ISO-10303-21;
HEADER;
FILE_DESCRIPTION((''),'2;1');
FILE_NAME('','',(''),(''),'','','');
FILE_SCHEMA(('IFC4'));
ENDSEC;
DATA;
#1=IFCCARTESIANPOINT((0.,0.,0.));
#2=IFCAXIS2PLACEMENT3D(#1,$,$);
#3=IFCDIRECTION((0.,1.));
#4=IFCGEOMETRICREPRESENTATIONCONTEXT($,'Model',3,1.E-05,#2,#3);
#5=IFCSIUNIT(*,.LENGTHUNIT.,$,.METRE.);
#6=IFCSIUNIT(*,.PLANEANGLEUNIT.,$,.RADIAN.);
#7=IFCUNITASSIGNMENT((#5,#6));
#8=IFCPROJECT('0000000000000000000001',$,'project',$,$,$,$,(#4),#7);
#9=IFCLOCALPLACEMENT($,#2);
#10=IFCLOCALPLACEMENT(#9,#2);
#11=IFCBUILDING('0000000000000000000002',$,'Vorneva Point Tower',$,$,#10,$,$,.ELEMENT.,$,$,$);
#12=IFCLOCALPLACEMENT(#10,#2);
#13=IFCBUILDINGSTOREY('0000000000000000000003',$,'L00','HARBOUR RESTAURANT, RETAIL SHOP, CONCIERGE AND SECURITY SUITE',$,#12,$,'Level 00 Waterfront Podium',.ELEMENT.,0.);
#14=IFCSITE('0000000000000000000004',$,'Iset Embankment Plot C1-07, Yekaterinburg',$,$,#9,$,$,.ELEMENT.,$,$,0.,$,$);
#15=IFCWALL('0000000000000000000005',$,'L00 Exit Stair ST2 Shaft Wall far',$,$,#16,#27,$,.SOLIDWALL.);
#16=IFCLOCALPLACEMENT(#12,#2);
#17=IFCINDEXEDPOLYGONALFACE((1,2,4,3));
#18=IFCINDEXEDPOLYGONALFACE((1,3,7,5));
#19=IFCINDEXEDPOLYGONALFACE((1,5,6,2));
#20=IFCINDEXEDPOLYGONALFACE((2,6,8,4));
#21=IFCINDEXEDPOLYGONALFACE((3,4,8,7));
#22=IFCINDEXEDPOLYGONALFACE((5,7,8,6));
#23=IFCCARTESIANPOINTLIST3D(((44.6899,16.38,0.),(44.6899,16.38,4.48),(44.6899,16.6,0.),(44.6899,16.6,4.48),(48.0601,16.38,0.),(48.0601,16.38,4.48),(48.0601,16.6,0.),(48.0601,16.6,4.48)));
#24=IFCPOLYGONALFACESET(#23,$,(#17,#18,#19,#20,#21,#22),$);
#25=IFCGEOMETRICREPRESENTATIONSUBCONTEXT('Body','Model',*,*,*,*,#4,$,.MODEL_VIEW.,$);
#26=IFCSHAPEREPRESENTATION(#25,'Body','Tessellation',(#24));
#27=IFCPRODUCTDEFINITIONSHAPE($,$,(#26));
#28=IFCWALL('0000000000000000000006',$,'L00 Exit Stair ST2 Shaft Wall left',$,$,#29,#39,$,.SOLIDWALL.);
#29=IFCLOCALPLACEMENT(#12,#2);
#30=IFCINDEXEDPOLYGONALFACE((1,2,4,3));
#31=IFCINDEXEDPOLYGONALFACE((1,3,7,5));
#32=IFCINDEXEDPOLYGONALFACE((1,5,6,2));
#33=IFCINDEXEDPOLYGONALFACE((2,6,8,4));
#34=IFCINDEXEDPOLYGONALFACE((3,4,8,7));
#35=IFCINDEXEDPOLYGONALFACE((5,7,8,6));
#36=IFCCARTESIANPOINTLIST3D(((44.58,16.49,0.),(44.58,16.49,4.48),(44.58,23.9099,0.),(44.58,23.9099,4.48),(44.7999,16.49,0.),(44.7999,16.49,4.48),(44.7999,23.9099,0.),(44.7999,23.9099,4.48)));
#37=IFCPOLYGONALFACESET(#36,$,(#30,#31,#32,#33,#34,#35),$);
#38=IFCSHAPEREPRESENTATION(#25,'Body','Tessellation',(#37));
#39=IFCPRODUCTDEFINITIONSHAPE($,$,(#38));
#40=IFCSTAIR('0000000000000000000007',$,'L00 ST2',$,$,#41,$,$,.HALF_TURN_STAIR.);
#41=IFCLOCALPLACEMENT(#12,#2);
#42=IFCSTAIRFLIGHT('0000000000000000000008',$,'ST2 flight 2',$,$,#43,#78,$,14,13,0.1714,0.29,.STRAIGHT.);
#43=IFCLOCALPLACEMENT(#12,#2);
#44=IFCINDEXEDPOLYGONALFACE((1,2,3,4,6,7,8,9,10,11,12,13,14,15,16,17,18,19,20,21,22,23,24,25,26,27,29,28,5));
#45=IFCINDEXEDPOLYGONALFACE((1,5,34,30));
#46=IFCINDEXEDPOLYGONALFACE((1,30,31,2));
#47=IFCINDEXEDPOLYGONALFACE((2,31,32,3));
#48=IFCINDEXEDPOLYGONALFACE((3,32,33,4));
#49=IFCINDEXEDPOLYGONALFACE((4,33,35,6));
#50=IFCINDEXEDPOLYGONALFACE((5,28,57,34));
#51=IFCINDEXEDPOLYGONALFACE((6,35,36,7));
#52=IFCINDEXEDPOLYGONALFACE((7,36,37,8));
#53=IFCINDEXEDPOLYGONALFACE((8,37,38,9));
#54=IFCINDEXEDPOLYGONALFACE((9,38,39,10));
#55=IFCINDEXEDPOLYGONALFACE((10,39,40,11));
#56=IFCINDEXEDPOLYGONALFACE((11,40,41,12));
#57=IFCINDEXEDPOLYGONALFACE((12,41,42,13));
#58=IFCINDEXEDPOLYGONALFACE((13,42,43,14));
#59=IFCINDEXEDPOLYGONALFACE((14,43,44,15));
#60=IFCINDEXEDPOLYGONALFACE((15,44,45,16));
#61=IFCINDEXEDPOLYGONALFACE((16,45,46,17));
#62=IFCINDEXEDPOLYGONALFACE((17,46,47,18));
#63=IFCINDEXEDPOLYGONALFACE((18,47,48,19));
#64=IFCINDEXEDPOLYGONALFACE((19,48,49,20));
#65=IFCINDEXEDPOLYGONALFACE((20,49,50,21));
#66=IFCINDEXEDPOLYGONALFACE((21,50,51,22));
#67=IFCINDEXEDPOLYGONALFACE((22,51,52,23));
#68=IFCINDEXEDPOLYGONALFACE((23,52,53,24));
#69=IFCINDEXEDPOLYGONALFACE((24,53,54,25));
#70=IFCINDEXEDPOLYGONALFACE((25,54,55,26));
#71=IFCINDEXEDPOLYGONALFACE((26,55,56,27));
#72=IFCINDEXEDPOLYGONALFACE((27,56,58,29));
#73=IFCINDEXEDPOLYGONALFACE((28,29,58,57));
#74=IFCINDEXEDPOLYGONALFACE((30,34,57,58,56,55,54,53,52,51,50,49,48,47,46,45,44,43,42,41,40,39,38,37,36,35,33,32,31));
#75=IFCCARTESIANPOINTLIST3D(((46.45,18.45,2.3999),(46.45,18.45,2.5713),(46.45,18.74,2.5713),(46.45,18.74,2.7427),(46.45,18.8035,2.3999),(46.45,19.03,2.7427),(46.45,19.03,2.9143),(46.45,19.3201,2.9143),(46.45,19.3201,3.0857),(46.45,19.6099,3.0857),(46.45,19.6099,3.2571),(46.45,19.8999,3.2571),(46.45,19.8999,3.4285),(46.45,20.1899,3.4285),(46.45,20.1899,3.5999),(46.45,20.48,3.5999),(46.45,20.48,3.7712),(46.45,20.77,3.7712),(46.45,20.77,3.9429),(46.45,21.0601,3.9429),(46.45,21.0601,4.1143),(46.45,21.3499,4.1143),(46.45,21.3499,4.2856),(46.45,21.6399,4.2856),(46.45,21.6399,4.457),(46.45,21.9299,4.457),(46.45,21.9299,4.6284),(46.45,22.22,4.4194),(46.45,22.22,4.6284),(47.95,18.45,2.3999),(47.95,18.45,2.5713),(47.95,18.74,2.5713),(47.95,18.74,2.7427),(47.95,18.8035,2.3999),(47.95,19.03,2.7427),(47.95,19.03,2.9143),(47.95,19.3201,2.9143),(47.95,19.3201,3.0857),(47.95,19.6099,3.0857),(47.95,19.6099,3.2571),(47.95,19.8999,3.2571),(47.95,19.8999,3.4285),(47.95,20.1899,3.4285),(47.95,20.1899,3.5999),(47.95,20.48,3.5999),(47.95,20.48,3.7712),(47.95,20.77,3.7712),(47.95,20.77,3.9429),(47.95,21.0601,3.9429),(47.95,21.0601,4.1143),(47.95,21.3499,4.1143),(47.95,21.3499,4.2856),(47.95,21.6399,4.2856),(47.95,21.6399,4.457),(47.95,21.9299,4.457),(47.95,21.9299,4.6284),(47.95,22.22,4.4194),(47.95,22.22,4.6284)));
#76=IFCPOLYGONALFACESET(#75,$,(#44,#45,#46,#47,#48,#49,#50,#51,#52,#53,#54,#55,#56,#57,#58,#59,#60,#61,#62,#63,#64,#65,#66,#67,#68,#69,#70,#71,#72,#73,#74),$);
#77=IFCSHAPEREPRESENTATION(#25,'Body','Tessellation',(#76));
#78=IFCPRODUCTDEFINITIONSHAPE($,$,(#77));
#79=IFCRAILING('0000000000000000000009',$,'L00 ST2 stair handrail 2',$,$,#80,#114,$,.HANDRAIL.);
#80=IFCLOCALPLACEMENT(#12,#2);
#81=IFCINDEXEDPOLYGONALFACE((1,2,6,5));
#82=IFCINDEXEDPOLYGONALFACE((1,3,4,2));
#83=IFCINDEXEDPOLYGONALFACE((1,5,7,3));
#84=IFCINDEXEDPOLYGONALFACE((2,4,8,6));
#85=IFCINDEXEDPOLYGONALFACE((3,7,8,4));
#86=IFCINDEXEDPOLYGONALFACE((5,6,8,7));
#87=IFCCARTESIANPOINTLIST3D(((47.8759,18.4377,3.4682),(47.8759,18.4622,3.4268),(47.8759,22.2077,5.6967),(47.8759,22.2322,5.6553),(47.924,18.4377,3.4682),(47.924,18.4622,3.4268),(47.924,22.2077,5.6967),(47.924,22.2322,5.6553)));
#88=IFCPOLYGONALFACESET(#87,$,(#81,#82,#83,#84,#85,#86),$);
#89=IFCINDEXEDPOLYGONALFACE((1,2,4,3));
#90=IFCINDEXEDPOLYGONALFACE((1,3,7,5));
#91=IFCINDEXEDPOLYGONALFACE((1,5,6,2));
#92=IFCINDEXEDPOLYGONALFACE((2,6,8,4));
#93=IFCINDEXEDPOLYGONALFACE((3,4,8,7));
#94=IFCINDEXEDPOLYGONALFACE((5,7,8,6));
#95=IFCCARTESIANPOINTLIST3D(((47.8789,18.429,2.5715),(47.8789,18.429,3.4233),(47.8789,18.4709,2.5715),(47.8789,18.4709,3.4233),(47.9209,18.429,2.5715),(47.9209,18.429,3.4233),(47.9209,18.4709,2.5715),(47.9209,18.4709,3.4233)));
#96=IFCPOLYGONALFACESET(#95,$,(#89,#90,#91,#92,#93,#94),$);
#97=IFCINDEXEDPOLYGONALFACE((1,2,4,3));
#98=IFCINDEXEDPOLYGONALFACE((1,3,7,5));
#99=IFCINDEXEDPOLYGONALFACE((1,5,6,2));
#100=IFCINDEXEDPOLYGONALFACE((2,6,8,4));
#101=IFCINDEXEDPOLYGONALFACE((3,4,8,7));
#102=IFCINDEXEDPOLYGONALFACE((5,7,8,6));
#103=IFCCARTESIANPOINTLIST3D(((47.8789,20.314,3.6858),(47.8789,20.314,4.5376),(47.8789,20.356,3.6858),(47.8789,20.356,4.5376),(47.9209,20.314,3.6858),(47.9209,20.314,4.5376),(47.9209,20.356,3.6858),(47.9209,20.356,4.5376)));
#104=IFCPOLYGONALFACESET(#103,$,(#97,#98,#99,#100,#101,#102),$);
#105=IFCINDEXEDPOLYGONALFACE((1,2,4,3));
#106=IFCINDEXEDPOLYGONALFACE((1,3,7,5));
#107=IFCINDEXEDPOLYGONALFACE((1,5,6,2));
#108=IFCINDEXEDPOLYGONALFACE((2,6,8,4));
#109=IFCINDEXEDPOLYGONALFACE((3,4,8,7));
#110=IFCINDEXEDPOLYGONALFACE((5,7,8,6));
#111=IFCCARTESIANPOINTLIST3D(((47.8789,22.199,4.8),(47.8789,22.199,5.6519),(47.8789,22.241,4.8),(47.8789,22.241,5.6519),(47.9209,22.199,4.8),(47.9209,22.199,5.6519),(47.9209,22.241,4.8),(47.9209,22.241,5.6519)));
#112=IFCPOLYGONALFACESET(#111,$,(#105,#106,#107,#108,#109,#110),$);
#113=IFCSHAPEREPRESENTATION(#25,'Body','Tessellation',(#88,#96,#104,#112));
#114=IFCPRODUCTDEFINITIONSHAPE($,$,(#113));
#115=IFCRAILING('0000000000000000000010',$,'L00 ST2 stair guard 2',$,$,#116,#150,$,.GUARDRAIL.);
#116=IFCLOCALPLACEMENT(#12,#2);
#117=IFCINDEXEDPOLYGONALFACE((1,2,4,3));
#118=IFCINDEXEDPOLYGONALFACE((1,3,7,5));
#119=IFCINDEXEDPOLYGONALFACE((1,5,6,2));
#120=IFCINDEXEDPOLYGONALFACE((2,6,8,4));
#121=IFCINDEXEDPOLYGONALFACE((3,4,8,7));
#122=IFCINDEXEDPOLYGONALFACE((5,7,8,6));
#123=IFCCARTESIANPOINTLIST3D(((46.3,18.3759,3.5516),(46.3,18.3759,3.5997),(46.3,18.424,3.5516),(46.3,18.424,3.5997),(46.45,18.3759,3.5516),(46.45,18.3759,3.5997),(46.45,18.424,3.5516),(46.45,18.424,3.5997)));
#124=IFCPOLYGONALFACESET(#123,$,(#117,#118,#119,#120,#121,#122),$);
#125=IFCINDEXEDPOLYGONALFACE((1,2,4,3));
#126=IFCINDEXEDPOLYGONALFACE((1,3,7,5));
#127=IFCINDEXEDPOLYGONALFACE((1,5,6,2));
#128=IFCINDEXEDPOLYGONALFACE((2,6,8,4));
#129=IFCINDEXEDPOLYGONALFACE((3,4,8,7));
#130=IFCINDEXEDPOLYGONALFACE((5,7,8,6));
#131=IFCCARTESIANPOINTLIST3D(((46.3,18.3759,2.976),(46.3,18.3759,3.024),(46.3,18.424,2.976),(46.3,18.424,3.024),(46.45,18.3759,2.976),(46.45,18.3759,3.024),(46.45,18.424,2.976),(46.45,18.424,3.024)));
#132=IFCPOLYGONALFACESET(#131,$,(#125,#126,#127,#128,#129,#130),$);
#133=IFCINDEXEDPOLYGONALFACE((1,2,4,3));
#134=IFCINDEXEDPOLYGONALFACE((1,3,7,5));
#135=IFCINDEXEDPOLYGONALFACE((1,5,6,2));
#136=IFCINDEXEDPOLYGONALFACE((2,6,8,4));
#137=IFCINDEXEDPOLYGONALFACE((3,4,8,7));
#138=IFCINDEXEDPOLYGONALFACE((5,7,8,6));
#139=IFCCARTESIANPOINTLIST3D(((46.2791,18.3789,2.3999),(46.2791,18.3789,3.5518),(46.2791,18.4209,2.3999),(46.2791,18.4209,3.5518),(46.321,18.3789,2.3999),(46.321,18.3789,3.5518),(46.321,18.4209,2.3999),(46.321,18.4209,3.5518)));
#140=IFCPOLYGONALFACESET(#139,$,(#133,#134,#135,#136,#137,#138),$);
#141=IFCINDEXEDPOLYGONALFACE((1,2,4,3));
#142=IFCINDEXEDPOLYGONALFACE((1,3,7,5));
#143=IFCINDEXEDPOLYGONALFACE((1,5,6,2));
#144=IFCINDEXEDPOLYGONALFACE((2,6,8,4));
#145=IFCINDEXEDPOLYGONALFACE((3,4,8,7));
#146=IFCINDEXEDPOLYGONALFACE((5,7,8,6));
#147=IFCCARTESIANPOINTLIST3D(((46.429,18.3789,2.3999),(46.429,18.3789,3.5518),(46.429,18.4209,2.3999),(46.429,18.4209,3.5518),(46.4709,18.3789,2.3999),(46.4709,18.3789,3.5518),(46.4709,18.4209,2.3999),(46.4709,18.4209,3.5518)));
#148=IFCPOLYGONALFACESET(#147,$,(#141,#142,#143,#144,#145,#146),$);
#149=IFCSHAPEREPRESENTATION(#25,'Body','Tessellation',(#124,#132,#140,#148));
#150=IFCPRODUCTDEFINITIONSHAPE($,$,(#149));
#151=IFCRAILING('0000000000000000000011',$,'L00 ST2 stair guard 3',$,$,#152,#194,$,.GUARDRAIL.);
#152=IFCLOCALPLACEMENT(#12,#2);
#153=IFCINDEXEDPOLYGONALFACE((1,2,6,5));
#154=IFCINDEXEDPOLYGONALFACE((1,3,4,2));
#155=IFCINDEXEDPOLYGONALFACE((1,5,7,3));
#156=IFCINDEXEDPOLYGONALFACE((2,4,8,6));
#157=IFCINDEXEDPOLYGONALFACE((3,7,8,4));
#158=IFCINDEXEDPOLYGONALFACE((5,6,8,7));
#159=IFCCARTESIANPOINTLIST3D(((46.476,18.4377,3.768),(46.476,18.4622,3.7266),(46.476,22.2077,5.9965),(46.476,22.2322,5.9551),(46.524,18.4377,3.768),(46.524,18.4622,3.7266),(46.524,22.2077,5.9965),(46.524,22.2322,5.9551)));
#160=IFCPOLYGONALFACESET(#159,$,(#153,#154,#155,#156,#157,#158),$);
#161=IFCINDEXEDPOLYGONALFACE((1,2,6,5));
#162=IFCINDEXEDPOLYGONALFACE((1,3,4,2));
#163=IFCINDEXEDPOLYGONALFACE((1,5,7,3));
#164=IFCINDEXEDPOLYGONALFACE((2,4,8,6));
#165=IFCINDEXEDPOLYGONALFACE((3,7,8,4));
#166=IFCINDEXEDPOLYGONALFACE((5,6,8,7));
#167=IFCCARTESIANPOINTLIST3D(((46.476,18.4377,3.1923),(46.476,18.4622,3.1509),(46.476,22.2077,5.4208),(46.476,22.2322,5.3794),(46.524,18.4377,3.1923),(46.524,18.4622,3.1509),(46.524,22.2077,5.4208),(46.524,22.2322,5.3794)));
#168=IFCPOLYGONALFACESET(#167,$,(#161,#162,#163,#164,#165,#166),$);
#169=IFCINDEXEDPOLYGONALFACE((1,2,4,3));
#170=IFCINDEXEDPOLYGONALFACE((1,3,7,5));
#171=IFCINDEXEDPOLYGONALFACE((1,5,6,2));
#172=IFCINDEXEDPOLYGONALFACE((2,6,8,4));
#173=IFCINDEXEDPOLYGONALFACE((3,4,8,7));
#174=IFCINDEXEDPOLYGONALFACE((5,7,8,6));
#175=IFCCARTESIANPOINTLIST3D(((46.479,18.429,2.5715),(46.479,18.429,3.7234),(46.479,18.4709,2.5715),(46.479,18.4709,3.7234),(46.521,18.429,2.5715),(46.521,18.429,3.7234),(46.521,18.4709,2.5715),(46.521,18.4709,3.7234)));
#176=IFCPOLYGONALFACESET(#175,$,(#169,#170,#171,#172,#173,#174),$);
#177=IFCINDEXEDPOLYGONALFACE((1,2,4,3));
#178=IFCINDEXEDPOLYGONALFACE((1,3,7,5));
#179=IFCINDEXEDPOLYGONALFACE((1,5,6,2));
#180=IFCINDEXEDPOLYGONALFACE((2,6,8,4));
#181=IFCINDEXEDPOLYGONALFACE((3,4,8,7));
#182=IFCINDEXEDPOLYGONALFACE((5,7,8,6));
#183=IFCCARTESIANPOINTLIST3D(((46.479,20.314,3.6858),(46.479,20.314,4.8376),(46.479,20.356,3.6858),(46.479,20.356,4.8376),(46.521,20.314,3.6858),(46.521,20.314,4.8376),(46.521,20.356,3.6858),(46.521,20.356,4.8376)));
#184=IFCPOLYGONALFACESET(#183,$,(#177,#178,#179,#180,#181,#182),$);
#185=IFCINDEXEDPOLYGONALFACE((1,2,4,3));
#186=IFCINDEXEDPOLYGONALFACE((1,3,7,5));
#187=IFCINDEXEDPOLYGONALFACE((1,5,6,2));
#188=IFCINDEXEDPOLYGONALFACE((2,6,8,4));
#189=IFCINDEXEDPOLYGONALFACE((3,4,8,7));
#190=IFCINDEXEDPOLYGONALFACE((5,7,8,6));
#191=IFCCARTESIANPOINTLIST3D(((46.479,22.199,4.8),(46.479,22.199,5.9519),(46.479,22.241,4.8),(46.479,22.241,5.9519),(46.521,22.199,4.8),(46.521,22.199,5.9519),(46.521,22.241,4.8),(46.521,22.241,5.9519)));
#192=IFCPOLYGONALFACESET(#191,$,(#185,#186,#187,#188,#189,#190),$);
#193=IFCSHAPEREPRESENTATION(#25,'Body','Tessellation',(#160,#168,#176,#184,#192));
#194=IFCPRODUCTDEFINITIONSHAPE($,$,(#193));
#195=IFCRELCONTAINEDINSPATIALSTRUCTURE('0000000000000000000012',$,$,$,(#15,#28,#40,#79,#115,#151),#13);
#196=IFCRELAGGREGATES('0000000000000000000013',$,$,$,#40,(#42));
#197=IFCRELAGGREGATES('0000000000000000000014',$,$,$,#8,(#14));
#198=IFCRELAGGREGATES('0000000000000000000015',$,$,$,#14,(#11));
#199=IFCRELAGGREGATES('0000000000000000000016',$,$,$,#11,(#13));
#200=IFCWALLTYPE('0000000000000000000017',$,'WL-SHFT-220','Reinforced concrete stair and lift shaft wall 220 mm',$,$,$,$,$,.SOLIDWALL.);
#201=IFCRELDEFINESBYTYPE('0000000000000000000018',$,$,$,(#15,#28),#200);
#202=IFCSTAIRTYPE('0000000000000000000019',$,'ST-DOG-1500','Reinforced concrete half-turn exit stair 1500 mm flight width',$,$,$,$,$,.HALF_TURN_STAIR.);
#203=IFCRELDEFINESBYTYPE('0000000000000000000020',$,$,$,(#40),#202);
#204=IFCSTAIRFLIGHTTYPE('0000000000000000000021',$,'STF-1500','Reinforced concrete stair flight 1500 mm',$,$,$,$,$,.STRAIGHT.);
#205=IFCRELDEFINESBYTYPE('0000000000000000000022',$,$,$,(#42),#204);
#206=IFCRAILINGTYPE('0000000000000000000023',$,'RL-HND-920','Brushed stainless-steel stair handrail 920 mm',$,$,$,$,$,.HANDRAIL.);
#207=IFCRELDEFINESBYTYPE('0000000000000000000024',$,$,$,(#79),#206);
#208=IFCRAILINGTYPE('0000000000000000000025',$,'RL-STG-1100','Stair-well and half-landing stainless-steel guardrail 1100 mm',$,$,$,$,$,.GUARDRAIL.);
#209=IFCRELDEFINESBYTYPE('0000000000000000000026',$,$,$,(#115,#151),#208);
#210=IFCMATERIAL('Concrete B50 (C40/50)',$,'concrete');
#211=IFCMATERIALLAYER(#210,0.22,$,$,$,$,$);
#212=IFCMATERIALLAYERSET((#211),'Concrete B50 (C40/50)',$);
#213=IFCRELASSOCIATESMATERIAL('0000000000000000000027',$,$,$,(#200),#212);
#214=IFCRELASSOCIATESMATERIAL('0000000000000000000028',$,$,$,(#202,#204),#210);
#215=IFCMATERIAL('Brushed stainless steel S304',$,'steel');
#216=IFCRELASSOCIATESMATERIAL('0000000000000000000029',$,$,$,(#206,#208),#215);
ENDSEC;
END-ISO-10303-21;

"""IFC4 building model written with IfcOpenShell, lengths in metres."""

from ifc_helpers import new_model, si_unit, direction, frame, frame_2d, origin, origin_2d, place, context, subcontext, project, spatial, polyline, rectangle, outline, extrude, material, layer, layer_set, type_object, element, aggregate, save


model = new_model("IFC4")

# Units and contexts
model_context = context("Model", 3, precision=1e-05, world=origin(), true_north=direction((0.0, 1.0)))
body_context = subcontext(model_context, "Body", "Model", "MODEL_VIEW")
ifc_project = project(units=[si_unit("LENGTHUNIT", "METRE"), si_unit("PLANEANGLEUNIT", "RADIAN")], contexts=[model_context])

# Site, building, storey
site_placement = place(None, origin())
site = spatial("IfcSite", under=ifc_project, at=site_placement, Name="Iset Embankment Plot C1-07, Yekaterinburg", CompositionType="ELEMENT", RefElevation=0.0)
building_placement = place(site_placement, origin())
building = spatial("IfcBuilding", under=site, at=building_placement, Name="Vorneva Point Tower", CompositionType="ELEMENT")
storey_placement = place(building_placement, origin())
storey = spatial("IfcBuildingStorey", under=building, at=storey_placement, Name="L00", Description="HARBOUR RESTAURANT, RETAIL SHOP, CONCIERGE AND SECURITY SUITE", LongName="Level 00 Waterfront Podium", CompositionType="ELEMENT", Elevation=0.0)

# Walls
ifc_material_1 = material(Name="Concrete B50 (C40/50)", Category="concrete")
ifc_layer_1 = layer(ifc_material_1, 0.22)
ifc_layer_set_1 = layer_set([ifc_layer_1], Name="Concrete B50 (C40/50)")
wall_type_1 = type_object("IfcWallType", Name="WL-SHFT-220", Description="Reinforced concrete stair and lift shaft wall 220 mm", PredefinedType="SOLIDWALL", material=ifc_layer_set_1)
wall_1_placement = place(storey_placement, frame((48.0601, 16.49, 0.0), z_axis=(0.0, 0.0, 1.0), x_axis=(-1.0, 0.0, 0.0)))
element("IfcWall", 1, at=wall_1_placement, inside=storey, type_object=wall_type_1, Name="L00 Exit Stair ST2 Shaft Wall far", PredefinedType="SOLIDWALL", context=body_context, shape_type="SweptSolid", body=[
    extrude(rectangle(XDim=3.3701, YDim=0.22, at=frame_2d((1.6851, 0.0))), origin(), (0.0, 0.0, 1.0), 4.48),
])
wall_2_placement = place(storey_placement, frame((44.6899, 16.49, 0.0), z_axis=(0.0, 0.0, 1.0), x_axis=(0.0, 1.0, 0.0)))
element("IfcWall", 2, at=wall_2_placement, inside=storey, type_object=wall_type_1, Name="L00 Exit Stair ST2 Shaft Wall left", PredefinedType="SOLIDWALL", context=body_context, shape_type="SweptSolid", body=[
    extrude(rectangle(XDim=7.4199, YDim=0.22, at=frame_2d((3.71, 0.0))), origin(), (0.0, 0.0, 1.0), 4.48),
])

# Stair, stair flight
stair_type = type_object("IfcStairType", Name="ST-DOG-1500", Description="Reinforced concrete half-turn exit stair 1500 mm flight width", PredefinedType="HALF_TURN_STAIR", material=ifc_material_1)
stair_placement = place(storey_placement, origin())
stair = element("IfcStair", 3, at=stair_placement, inside=storey, type_object=stair_type, Name="L00 ST2", PredefinedType="HALF_TURN_STAIR")
stair_flight_type = type_object("IfcStairFlightType", Name="STF-1500", Description="Reinforced concrete stair flight 1500 mm", PredefinedType="STRAIGHT", material=ifc_material_1)
stair_flight_placement = place(storey_placement, frame((47.2, 18.45, 2.3999), z_axis=(0.0, 0.0, 1.0), x_axis=(0.0, 1.0, 0.0)))
stair_flight = element("IfcStairFlight", 4, at=stair_flight_placement, type_object=stair_flight_type, Name="ST2 flight 2", NumberOfRisers=14, NumberOfTreads=13, PredefinedType="STRAIGHT", RiserHeight=0.1714, TreadLength=0.29, context=body_context, shape_type="SweptSolid", body=[
    extrude(outline(polyline([(0.0, 0.0), (0.0, 0.1714), (0.29, 0.1714), (0.29, 0.3428), (0.5801, 0.3428), (0.5801, 0.5144), (0.8701, 0.5144), (0.8701, 0.6858), (1.1599, 0.6858), (1.1599, 0.8572), (1.45, 0.8572), (1.45, 1.0286), (1.74, 1.0286), (1.74, 1.2), (2.03, 1.2), (2.03, 1.3713), (2.3201, 1.3713), (2.3201, 1.543), (2.6101, 1.543), (2.6101, 1.7144), (2.8999, 1.7144), (2.8999, 1.8857), (3.1899, 1.8857), (3.1899, 2.0571), (3.48, 2.0571), (3.48, 2.2285), (3.77, 2.2285), (3.77, 2.3999), (3.77, 2.0195), (0.3535, 0.0), (0.0, 0.0)])), frame((0.0, 0.75, 0.0), z_axis=(0.0, -1.0, 0.0), x_axis=(1.0, 0.0, 0.0)), (0.0, 0.0, 1.0), 1.5),
])
aggregate(stair, [stair_flight])

# Railings
ifc_material_2 = material(Name="Brushed stainless steel S304", Category="steel")
railing_type_1 = type_object("IfcRailingType", Name="RL-HND-920", Description="Brushed stainless-steel stair handrail 920 mm", PredefinedType="HANDRAIL", material=ifc_material_2)
railing_1_placement = place(storey_placement, frame((47.8999, 18.45, 2.5715)))
element("IfcRailing", 5, at=railing_1_placement, inside=storey, type_object=railing_type_1, Name="L00 ST2 stair handrail 2", PredefinedType="HANDRAIL", context=body_context, shape_type="SweptSolid", body=[
    extrude(rectangle(XDim=0.0481, YDim=0.0481, at=origin_2d()), frame((0.0, 0.0, 0.876), z_axis=(0.0, 0.860849, 0.508861), x_axis=(-1.0, 0.0, 0.0)), (0.0, 0.0, 1.0), 4.3794),
    extrude(rectangle(XDim=0.042, YDim=0.042, at=origin_2d()), origin(), (0.0, 0.0, 1.0), 0.8518),
    extrude(rectangle(XDim=0.042, YDim=0.042, at=origin_2d()), frame((0.0, 1.885, 1.1143)), (0.0, 0.0, 1.0), 0.8518),
    extrude(rectangle(XDim=0.042, YDim=0.042, at=origin_2d()), frame((0.0, 3.77, 2.2285)), (0.0, 0.0, 1.0), 0.8518),
])
railing_type_2 = type_object("IfcRailingType", Name="RL-STG-1100", Description="Stair-well and half-landing stainless-steel guardrail 1100 mm", PredefinedType="GUARDRAIL", material=ifc_material_2)
railing_2_placement = place(storey_placement, frame((46.3, 18.3999, 2.3999)))
element("IfcRailing", 6, at=railing_2_placement, inside=storey, type_object=railing_type_2, Name="L00 ST2 stair guard 2", PredefinedType="GUARDRAIL", context=body_context, shape_type="SweptSolid", body=[
    extrude(rectangle(XDim=0.0481, YDim=0.0481, at=origin_2d()), frame((0.0, 0.0, 1.1758), z_axis=(1.0, 0.0, 0.0), x_axis=(0.0, 1.0, 0.0)), (0.0, 0.0, 1.0), 0.1499),
    extrude(rectangle(XDim=0.0481, YDim=0.0481, at=origin_2d()), frame((0.0, 0.0, 0.6001), z_axis=(1.0, 0.0, 0.0), x_axis=(0.0, 1.0, 0.0)), (0.0, 0.0, 1.0), 0.1499),
    extrude(rectangle(XDim=0.042, YDim=0.042, at=origin_2d()), origin(), (0.0, 0.0, 1.0), 1.1519),
    extrude(rectangle(XDim=0.042, YDim=0.042, at=origin_2d()), frame((0.1499, 0.0, 0.0)), (0.0, 0.0, 1.0), 1.1519),
])
railing_3_placement = place(storey_placement, frame((46.5, 18.45, 2.5715)))
element("IfcRailing", 7, at=railing_3_placement, inside=storey, type_object=railing_type_2, Name="L00 ST2 stair guard 3", PredefinedType="GUARDRAIL", context=body_context, shape_type="SweptSolid", body=[
    extrude(rectangle(XDim=0.0481, YDim=0.0481, at=origin_2d()), frame((0.0, 0.0, 1.1758), z_axis=(0.0, 0.860849, 0.508861), x_axis=(-1.0, 0.0, 0.0)), (0.0, 0.0, 1.0), 4.3794),
    extrude(rectangle(XDim=0.0481, YDim=0.0481, at=origin_2d()), frame((0.0, 0.0, 0.6001), z_axis=(0.0, 0.860849, 0.508861), x_axis=(-1.0, 0.0, 0.0)), (0.0, 0.0, 1.0), 4.3794),
    extrude(rectangle(XDim=0.042, YDim=0.042, at=origin_2d()), origin(), (0.0, 0.0, 1.0), 1.1519),
    extrude(rectangle(XDim=0.042, YDim=0.042, at=origin_2d()), frame((0.0, 1.885, 1.1143)), (0.0, 0.0, 1.0), 1.1519),
    extrude(rectangle(XDim=0.042, YDim=0.042, at=origin_2d()), frame((0.0, 3.77, 2.2285)), (0.0, 0.0, 1.0), 1.1519),
])

save(model, "model.ifc")
